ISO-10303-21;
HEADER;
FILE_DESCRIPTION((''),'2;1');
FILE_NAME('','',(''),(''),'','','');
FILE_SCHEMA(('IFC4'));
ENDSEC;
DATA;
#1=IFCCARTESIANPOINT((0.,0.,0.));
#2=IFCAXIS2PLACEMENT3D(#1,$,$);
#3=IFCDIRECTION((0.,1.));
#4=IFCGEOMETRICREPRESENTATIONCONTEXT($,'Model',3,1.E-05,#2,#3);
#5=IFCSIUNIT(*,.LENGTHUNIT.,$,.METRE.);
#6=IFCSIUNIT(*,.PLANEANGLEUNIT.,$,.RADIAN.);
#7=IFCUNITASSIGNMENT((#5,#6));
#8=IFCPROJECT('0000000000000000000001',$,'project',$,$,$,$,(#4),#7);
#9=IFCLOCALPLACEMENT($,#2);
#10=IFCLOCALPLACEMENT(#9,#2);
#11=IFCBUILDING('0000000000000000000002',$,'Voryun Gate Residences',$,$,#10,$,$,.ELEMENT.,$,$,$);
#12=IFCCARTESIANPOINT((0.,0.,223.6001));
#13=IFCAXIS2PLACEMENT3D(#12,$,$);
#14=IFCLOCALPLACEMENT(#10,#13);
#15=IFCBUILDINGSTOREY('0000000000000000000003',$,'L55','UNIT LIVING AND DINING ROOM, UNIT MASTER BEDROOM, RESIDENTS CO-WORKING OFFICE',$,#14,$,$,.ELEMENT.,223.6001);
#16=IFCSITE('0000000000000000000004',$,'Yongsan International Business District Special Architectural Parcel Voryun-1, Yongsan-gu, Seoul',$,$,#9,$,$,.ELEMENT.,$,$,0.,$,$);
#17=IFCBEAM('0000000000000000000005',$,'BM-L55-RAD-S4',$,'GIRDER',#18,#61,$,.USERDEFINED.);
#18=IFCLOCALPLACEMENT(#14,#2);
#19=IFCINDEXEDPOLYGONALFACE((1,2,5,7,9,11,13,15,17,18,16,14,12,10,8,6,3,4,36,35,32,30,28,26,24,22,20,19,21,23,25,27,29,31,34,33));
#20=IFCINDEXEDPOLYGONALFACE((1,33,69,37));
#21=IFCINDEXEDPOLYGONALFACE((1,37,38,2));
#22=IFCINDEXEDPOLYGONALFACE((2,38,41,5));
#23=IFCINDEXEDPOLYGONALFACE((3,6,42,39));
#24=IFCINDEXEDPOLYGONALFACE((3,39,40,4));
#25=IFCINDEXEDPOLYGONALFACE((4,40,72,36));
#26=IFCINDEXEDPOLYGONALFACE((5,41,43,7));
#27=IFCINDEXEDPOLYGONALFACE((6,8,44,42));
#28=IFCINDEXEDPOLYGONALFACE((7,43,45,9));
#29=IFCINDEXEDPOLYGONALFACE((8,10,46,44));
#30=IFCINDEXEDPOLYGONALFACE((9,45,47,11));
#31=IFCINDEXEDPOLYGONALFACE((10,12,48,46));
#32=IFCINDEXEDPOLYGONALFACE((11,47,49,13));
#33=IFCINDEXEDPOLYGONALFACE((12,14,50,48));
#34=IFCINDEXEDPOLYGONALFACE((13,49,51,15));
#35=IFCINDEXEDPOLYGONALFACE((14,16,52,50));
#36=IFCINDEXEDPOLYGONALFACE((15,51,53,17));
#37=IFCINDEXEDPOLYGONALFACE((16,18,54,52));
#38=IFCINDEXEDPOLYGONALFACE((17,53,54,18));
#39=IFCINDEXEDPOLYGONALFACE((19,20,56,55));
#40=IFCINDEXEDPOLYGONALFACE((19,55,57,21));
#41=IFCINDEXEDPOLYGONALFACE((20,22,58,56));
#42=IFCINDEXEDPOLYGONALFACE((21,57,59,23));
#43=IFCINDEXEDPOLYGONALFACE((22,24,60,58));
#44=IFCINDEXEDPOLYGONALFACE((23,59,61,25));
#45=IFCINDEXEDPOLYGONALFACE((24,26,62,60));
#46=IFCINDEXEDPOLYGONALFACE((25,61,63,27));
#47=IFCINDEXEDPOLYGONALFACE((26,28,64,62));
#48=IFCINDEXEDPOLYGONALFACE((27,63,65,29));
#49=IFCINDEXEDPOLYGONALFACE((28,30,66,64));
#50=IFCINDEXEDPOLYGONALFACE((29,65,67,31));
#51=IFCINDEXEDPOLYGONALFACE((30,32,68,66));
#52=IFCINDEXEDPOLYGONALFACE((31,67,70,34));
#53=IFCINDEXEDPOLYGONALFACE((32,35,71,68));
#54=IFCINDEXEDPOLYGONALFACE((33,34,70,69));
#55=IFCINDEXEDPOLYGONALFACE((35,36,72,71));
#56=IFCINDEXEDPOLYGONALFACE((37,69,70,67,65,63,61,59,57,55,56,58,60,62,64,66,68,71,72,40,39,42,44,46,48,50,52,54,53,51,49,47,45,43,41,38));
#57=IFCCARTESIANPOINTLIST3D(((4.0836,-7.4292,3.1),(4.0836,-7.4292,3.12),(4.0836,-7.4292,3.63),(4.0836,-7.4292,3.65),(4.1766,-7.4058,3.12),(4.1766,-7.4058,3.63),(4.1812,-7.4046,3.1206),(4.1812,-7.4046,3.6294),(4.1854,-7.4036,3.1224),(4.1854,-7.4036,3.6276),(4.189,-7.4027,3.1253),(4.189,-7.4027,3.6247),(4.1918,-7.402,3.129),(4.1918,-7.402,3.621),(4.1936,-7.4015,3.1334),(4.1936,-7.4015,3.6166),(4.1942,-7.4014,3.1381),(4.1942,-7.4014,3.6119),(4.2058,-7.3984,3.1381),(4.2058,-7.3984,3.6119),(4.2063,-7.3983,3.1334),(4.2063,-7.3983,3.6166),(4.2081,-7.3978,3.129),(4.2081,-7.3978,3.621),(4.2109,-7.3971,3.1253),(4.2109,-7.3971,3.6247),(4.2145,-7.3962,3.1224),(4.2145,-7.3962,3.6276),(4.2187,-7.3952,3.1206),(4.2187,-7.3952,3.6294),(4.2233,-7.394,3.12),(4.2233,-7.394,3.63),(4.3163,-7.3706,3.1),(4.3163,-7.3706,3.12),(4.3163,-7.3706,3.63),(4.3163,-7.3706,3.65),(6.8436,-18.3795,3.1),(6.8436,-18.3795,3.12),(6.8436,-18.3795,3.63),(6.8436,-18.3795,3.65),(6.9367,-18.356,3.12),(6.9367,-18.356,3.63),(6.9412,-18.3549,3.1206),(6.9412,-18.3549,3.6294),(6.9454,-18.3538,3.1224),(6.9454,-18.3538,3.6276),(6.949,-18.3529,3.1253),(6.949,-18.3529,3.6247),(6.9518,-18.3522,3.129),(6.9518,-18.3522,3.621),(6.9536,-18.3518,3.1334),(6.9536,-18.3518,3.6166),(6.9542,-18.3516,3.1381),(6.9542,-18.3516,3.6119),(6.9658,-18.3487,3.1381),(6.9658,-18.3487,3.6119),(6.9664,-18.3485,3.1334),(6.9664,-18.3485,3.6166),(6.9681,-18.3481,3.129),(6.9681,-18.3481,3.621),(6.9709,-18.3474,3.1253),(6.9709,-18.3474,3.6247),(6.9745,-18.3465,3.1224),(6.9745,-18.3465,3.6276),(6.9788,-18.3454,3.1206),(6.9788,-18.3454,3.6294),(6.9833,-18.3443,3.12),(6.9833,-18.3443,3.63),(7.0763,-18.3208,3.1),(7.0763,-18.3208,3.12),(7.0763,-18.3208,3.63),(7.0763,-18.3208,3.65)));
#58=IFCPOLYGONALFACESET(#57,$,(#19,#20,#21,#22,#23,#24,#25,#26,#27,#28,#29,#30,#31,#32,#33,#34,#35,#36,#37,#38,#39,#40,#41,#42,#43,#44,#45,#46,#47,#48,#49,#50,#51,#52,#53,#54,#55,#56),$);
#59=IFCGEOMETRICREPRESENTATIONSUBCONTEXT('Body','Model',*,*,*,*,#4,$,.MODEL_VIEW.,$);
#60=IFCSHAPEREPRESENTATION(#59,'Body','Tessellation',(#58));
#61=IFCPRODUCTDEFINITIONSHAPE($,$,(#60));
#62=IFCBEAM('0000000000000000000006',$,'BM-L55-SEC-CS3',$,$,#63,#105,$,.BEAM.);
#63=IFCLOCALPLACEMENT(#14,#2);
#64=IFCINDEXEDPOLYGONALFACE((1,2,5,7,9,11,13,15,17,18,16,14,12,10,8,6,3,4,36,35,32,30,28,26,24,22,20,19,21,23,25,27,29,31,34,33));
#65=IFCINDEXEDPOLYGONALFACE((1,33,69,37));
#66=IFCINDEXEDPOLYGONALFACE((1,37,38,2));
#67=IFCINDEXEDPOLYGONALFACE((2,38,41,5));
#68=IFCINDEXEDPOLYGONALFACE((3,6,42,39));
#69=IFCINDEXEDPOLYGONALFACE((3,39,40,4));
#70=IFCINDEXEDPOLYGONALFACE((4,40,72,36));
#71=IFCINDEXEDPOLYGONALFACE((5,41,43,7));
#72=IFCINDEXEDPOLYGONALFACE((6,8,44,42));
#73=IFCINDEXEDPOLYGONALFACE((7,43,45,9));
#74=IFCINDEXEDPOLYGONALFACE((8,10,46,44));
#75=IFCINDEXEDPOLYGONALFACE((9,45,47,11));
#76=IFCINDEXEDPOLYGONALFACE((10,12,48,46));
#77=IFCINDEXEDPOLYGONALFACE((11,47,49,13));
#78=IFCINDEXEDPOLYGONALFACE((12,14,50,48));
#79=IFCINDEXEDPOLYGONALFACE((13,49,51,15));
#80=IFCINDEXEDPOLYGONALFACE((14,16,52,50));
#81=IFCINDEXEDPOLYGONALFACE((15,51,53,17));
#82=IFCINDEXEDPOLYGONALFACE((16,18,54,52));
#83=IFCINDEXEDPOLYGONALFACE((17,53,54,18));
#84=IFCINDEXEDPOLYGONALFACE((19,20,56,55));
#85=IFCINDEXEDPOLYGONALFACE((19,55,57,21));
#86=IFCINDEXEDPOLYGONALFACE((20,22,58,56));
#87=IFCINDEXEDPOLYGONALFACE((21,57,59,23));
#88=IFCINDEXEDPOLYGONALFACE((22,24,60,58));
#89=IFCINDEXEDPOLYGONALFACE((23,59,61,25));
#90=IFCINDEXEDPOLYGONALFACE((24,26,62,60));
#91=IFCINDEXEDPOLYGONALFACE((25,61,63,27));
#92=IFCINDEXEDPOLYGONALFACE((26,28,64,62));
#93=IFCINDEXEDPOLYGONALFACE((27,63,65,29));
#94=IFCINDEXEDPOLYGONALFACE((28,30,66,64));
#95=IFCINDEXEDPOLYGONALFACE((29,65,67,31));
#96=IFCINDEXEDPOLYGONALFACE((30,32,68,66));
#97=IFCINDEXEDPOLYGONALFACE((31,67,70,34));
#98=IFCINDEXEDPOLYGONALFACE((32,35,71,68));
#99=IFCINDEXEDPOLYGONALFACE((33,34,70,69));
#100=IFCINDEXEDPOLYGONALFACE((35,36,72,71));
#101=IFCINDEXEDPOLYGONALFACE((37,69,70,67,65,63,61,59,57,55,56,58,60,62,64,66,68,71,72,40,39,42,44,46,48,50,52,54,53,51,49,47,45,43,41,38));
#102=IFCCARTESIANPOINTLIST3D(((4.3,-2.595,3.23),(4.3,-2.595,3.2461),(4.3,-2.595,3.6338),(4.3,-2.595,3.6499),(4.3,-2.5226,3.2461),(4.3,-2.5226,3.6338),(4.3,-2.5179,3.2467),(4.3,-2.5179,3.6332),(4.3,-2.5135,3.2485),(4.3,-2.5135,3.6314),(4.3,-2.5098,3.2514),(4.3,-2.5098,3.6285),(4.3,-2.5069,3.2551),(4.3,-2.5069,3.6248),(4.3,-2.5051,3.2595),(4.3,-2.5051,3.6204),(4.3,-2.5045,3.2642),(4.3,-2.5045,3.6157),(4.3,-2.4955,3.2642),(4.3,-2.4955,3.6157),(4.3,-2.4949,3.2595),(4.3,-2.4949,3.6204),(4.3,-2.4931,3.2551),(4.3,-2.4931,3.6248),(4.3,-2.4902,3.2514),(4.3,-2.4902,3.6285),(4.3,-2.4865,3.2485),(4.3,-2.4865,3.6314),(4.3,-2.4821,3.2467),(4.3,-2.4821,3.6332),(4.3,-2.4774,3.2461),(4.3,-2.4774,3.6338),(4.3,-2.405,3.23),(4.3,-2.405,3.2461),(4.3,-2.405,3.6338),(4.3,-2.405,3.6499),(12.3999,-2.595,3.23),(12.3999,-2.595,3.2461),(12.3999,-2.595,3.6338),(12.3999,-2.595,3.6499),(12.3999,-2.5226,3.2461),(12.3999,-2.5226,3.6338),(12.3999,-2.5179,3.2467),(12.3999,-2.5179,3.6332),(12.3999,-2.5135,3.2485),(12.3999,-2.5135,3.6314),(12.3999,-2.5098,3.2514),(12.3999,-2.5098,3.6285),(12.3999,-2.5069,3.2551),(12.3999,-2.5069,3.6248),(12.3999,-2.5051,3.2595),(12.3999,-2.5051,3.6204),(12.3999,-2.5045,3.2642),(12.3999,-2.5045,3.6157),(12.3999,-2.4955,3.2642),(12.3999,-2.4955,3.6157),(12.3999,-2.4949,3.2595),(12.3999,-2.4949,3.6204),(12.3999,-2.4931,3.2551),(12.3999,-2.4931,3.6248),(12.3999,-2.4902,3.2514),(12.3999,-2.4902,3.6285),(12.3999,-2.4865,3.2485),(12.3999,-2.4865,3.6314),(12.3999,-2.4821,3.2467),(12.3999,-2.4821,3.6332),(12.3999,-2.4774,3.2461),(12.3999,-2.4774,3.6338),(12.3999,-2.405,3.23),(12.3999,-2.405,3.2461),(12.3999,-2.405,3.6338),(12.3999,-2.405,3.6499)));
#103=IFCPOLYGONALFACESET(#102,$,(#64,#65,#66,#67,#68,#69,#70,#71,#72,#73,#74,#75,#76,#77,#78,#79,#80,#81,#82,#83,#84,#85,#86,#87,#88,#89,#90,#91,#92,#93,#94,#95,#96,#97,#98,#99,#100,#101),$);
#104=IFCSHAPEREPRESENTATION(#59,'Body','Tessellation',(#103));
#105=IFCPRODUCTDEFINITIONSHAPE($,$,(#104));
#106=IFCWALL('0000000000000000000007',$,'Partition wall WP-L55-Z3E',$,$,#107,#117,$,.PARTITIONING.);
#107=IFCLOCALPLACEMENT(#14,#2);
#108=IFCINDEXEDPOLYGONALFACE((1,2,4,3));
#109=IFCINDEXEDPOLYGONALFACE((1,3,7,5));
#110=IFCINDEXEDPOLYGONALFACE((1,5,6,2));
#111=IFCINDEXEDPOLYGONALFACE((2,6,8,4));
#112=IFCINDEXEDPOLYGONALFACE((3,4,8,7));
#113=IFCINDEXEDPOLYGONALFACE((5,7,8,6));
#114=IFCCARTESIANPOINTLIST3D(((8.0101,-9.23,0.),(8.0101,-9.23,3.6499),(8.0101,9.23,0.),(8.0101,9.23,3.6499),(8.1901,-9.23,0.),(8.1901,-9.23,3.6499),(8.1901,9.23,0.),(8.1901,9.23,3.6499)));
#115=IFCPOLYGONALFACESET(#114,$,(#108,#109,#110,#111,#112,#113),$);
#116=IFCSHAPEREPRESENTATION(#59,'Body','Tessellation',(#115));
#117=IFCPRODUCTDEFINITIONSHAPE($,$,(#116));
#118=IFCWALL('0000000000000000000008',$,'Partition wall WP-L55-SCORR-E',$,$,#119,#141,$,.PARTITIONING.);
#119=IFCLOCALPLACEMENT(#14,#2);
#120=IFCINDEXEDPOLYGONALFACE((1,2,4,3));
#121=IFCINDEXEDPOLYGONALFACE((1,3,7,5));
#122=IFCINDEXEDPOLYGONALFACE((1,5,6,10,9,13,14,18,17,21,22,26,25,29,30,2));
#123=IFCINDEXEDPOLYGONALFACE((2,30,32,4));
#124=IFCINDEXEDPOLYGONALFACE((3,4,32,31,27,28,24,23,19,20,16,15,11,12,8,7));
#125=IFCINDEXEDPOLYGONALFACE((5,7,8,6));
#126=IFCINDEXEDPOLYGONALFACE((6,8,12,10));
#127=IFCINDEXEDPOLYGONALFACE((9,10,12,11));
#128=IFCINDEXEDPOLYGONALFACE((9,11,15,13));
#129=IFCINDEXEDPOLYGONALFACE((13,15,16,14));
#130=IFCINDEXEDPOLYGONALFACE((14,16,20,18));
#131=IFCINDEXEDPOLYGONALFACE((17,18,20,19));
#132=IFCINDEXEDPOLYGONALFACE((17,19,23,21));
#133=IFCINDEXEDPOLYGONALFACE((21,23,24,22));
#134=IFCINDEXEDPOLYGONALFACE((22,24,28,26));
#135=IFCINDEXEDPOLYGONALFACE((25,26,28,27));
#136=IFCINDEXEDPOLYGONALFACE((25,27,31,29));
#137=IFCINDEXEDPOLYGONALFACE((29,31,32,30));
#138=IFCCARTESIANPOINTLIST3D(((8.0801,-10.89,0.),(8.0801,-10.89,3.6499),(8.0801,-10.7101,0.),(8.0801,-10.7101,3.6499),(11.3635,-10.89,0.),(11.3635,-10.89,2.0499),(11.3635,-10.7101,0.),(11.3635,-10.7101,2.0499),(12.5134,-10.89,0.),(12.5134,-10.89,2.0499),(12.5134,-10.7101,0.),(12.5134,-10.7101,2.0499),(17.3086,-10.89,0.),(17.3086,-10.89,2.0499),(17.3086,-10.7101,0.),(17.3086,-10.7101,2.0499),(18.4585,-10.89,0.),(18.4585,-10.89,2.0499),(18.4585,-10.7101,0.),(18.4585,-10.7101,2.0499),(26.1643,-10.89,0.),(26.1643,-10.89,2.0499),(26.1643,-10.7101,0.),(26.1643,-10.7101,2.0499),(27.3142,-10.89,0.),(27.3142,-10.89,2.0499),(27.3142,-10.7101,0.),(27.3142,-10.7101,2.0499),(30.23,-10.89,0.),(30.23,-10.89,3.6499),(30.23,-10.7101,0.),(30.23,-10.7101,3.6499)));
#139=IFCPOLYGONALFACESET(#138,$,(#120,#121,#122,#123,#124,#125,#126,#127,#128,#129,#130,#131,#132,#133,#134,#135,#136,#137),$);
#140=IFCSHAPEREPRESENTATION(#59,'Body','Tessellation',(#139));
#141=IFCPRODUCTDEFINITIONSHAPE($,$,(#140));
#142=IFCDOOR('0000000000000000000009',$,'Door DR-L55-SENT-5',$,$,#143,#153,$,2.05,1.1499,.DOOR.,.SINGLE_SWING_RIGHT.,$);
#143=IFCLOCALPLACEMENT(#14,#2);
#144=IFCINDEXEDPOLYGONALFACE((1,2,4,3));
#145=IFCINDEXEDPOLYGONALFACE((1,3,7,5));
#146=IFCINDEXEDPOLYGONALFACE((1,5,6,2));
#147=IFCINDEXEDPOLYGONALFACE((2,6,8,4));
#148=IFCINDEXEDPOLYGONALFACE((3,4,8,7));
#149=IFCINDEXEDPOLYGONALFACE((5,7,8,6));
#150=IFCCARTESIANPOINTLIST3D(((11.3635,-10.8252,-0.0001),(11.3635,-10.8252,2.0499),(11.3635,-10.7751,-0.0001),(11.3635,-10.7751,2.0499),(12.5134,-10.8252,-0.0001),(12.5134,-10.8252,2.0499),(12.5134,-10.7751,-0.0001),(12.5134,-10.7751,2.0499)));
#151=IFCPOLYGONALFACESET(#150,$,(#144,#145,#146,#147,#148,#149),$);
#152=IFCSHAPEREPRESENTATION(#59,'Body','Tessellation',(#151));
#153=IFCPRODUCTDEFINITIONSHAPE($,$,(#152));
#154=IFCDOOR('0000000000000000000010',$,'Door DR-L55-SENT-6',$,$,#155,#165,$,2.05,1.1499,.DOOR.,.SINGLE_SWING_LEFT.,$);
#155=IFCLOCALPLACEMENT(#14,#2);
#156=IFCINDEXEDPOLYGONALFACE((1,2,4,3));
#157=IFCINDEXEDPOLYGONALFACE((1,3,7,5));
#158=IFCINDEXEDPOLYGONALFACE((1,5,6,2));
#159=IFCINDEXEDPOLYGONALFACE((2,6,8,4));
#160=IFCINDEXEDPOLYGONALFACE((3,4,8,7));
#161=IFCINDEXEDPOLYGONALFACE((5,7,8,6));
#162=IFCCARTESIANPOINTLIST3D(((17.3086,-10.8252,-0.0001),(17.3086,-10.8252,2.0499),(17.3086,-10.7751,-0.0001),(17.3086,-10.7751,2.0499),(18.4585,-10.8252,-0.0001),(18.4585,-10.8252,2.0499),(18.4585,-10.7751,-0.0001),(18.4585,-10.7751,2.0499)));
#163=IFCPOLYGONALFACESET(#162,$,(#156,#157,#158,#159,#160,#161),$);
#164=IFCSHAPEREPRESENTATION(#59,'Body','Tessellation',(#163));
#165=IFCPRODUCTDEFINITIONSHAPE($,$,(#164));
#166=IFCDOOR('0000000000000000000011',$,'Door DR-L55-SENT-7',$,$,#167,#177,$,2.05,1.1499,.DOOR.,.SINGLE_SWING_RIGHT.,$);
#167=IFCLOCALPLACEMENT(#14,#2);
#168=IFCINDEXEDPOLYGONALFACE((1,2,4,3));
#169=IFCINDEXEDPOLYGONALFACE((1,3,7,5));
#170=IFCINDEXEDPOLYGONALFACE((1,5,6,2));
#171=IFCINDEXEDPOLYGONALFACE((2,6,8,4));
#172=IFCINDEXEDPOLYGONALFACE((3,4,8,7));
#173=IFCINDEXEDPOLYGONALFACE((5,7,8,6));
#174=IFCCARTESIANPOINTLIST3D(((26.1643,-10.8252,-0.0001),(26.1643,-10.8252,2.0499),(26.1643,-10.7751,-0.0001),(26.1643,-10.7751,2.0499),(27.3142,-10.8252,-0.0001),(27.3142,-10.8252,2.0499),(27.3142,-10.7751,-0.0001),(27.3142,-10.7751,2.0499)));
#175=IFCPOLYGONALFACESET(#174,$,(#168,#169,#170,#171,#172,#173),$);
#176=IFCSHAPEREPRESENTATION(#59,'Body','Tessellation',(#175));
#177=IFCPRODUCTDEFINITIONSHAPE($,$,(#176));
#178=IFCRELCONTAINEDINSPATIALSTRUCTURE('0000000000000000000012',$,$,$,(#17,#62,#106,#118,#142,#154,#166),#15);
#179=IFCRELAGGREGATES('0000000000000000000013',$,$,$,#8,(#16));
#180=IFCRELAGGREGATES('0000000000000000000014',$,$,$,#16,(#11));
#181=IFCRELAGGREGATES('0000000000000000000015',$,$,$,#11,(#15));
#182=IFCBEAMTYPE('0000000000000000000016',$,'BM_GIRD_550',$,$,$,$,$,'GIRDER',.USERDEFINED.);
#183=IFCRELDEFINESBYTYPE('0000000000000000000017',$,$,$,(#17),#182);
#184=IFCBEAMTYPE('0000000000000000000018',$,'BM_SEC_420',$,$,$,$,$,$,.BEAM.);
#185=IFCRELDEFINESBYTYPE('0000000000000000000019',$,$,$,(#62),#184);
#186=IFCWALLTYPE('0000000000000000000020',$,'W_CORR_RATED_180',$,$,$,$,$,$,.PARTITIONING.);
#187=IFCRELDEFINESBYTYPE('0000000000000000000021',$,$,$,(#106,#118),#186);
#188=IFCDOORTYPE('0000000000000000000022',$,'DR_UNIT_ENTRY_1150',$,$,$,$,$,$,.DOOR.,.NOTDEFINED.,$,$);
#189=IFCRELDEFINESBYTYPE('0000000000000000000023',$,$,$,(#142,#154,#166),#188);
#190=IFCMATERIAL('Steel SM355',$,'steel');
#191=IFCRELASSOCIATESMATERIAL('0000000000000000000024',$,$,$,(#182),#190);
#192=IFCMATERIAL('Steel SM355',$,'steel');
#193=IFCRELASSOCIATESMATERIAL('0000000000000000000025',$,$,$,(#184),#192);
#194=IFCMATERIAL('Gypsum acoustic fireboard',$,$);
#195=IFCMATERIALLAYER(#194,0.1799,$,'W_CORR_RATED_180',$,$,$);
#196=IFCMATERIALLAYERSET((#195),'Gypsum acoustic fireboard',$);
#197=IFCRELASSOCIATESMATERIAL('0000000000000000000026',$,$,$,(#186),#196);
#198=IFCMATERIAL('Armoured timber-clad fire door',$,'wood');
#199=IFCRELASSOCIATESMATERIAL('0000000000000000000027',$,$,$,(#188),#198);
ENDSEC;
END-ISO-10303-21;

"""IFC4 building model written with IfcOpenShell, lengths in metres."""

from ifc_helpers import new_model, si_unit, direction, frame, frame_2d, origin, origin_2d, place, context, subcontext, project, spatial, rectangle, i_section, extrude, material, layer, layer_set, material_profile, profile_set, type_object, element, fill, save


model = new_model("IFC4")

# Units and contexts
model_context = context("Model", 3, precision=1e-05, world=origin(), true_north=direction((0.0, 1.0)))
body_context = subcontext(model_context, "Body", "Model", "MODEL_VIEW")
ifc_project = project(units=[si_unit("LENGTHUNIT", "METRE"), si_unit("PLANEANGLEUNIT", "RADIAN")], contexts=[model_context])

# Site, building, storey
site_placement = place(None, origin())
site = spatial("IfcSite", under=ifc_project, at=site_placement, Name="Yongsan International Business District Special Architectural Parcel Voryun-1, Yongsan-gu, Seoul", CompositionType="ELEMENT", RefElevation=0.0)
building_placement = place(site_placement, origin())
building = spatial("IfcBuilding", under=site, at=building_placement, Name="Voryun Gate Residences", CompositionType="ELEMENT")
storey_placement = place(building_placement, frame((0.0, 0.0, 223.6001)))
storey = spatial("IfcBuildingStorey", under=building, at=storey_placement, Name="L55", Description="UNIT LIVING AND DINING ROOM, UNIT MASTER BEDROOM, RESIDENTS CO-WORKING OFFICE", CompositionType="ELEMENT", Elevation=223.6001)

# Beams
ifc_material_1 = material(Name="Steel SM355", Category="steel")
ifc_material_profile_1 = material_profile(ifc_material_1, i_section(OverallWidth=0.24, OverallDepth=0.55, WebThickness=0.012, FlangeThickness=0.02, FilletRadius=0.0181, at=origin_2d()), Name="H-550x240x12x20")
ifc_profile_set_1 = profile_set([ifc_material_profile_1], Name="Steel SM355")
beam_type_1 = type_object("IfcBeamType", Name="BM_GIRD_550", ElementType="GIRDER", PredefinedType="USERDEFINED", material=ifc_profile_set_1)
beam_1_placement = place(storey_placement, frame((4.2, -7.3999, 3.375), z_axis=(0.244407, -0.969673, 0.0), x_axis=(0.969673, 0.244407, 0.0)))
element("IfcBeam", 1, at=beam_1_placement, inside=storey, type_object=beam_type_1, Name="BM-L55-RAD-S4", ObjectType="GIRDER", PredefinedType="USERDEFINED", context=body_context, shape_type="SweptSolid", body=[
    extrude(i_section(OverallWidth=0.24, OverallDepth=0.55, WebThickness=0.012, FlangeThickness=0.02, FilletRadius=0.0181, at=origin_2d()), origin(), (0.0, 0.0, 1.0), 11.2927),
])
ifc_material_2 = material(Name="Steel SM355", Category="steel")
ifc_material_profile_2 = material_profile(ifc_material_2, i_section(OverallWidth=0.1899, OverallDepth=0.4199, WebThickness=0.009, FlangeThickness=0.0161, FilletRadius=0.0181, at=origin_2d()), Name="H-420x190x9x16")
ifc_profile_set_2 = profile_set([ifc_material_profile_2], Name="Steel SM355")
beam_type_2 = type_object("IfcBeamType", Name="BM_SEC_420", PredefinedType="BEAM", material=ifc_profile_set_2)
beam_2_placement = place(storey_placement, frame((4.3, -2.5, 3.4399), z_axis=(1.0, 0.0, 0.0), x_axis=(0.0, 1.0, 0.0)))
element("IfcBeam", 2, at=beam_2_placement, inside=storey, type_object=beam_type_2, Name="BM-L55-SEC-CS3", PredefinedType="BEAM", context=body_context, shape_type="SweptSolid", body=[
    extrude(i_section(OverallWidth=0.1899, OverallDepth=0.4199, WebThickness=0.009, FlangeThickness=0.0161, FilletRadius=0.0181, at=origin_2d()), origin(), (0.0, 0.0, 1.0), 8.0999),
])

# Wall
ifc_material_3 = material(Name="Gypsum acoustic fireboard")
ifc_layer_1 = layer(ifc_material_3, 0.1799, Name="W_CORR_RATED_180")
ifc_layer_set_1 = layer_set([ifc_layer_1], Name="Gypsum acoustic fireboard")
wall_type_1 = type_object("IfcWallType", Name="W_CORR_RATED_180", PredefinedType="PARTITIONING", material=ifc_layer_set_1)
wall_1_placement = place(storey_placement, frame((8.1001, -9.23, 0.0), z_axis=(0.0, 0.0, 1.0), x_axis=(0.0, 1.0, 0.0)))
element("IfcWall", 3, at=wall_1_placement, inside=storey, type_object=wall_type_1, Name="Partition wall WP-L55-Z3E", PredefinedType="PARTITIONING", context=body_context, shape_type="SweptSolid", body=[
    extrude(rectangle(XDim=18.46, YDim=0.1799, at=frame_2d((9.23, 0.0))), origin(), (0.0, 0.0, 1.0), 3.6499),
])

# Wall, openings, doors
wall_2_placement = place(storey_placement, frame((8.0801, -10.8, 0.0), z_axis=(0.0, 0.0, 1.0), x_axis=(1.0, 0.0, 0.0)))
wall_2 = element("IfcWall", 4, at=wall_2_placement, inside=storey, type_object=wall_type_1, Name="Partition wall WP-L55-SCORR-E", PredefinedType="PARTITIONING", context=body_context, shape_type="SweptSolid", body=[
    extrude(rectangle(XDim=22.1499, YDim=0.1799, at=frame_2d((11.075, 0.0))), origin(), (0.0, 0.0, 1.0), 3.6499),
])
opening_1_placement = place(wall_2_placement, frame((3.2834, 0.0, 0.0)))
opening_1 = element("IfcOpeningElement", 5, at=opening_1_placement, cuts=wall_2, PredefinedType="OPENING", context=body_context, shape_type="SweptSolid", body=[
    extrude(rectangle(XDim=1.1499, YDim=2.05, at=frame_2d((0.575, 1.0249))), frame((0.0, 0.0999, 0.0), z_axis=(0.0, -1.0, 0.0), x_axis=(1.0, 0.0, 0.0)), (0.0, 0.0, 1.0), 0.2),
])
opening_2_placement = place(wall_2_placement, frame((9.2285, 0.0, 0.0)))
opening_2 = element("IfcOpeningElement", 6, at=opening_2_placement, cuts=wall_2, PredefinedType="OPENING", context=body_context, shape_type="SweptSolid", body=[
    extrude(rectangle(XDim=1.1499, YDim=2.05, at=frame_2d((0.575, 1.0249))), frame((0.0, 0.0999, 0.0), z_axis=(0.0, -1.0, 0.0), x_axis=(1.0, 0.0, 0.0)), (0.0, 0.0, 1.0), 0.2),
])
opening_3_placement = place(wall_2_placement, frame((18.0842, 0.0, 0.0)))
opening_3 = element("IfcOpeningElement", 7, at=opening_3_placement, cuts=wall_2, PredefinedType="OPENING", context=body_context, shape_type="SweptSolid", body=[
    extrude(rectangle(XDim=1.1499, YDim=2.05, at=frame_2d((0.575, 1.0249))), frame((0.0, 0.0999, 0.0), z_axis=(0.0, -1.0, 0.0), x_axis=(1.0, 0.0, 0.0)), (0.0, 0.0, 1.0), 0.2),
])
ifc_material_4 = material(Name="Armoured timber-clad fire door", Category="wood")
door_type_1 = type_object("IfcDoorType", Name="DR_UNIT_ENTRY_1150", OperationType="NOTDEFINED", PredefinedType="DOOR", material=ifc_material_4)
door_1_placement = place(opening_1_placement, origin())
door_1 = element("IfcDoor", 8, at=door_1_placement, inside=storey, type_object=door_type_1, Name="Door DR-L55-SENT-5", OperationType="SINGLE_SWING_RIGHT", OverallHeight=2.05, OverallWidth=1.1499, PredefinedType="DOOR", context=body_context, shape_type="SweptSolid", body=[
    extrude(rectangle(XDim=1.1499, YDim=2.05, at=frame_2d((0.575, 1.0249))), frame((0.0, 0.0249, 0.0), z_axis=(0.0, -1.0, 0.0), x_axis=(1.0, 0.0, 0.0)), (0.0, 0.0, 1.0), 0.05),
])
fill(opening_1, door_1)
door_2_placement = place(opening_2_placement, origin())
door_2 = element("IfcDoor", 9, at=door_2_placement, inside=storey, type_object=door_type_1, Name="Door DR-L55-SENT-6", OperationType="SINGLE_SWING_LEFT", OverallHeight=2.05, OverallWidth=1.1499, PredefinedType="DOOR", context=body_context, shape_type="SweptSolid", body=[
    extrude(rectangle(XDim=1.1499, YDim=2.05, at=frame_2d((0.575, 1.0249))), frame((0.0, 0.0249, 0.0), z_axis=(0.0, -1.0, 0.0), x_axis=(1.0, 0.0, 0.0)), (0.0, 0.0, 1.0), 0.05),
])
fill(opening_2, door_2)
door_3_placement = place(opening_3_placement, origin())
door_3 = element("IfcDoor", 10, at=door_3_placement, inside=storey, type_object=door_type_1, Name="Door DR-L55-SENT-7", OperationType="SINGLE_SWING_RIGHT", OverallHeight=2.05, OverallWidth=1.1499, PredefinedType="DOOR", context=body_context, shape_type="SweptSolid", body=[
    extrude(rectangle(XDim=1.1499, YDim=2.05, at=frame_2d((0.575, 1.0249))), frame((0.0, 0.0249, 0.0), z_axis=(0.0, -1.0, 0.0), x_axis=(1.0, 0.0, 0.0)), (0.0, 0.0, 1.0), 0.05),
])
fill(opening_3, door_3)

save(model, "model.ifc")
